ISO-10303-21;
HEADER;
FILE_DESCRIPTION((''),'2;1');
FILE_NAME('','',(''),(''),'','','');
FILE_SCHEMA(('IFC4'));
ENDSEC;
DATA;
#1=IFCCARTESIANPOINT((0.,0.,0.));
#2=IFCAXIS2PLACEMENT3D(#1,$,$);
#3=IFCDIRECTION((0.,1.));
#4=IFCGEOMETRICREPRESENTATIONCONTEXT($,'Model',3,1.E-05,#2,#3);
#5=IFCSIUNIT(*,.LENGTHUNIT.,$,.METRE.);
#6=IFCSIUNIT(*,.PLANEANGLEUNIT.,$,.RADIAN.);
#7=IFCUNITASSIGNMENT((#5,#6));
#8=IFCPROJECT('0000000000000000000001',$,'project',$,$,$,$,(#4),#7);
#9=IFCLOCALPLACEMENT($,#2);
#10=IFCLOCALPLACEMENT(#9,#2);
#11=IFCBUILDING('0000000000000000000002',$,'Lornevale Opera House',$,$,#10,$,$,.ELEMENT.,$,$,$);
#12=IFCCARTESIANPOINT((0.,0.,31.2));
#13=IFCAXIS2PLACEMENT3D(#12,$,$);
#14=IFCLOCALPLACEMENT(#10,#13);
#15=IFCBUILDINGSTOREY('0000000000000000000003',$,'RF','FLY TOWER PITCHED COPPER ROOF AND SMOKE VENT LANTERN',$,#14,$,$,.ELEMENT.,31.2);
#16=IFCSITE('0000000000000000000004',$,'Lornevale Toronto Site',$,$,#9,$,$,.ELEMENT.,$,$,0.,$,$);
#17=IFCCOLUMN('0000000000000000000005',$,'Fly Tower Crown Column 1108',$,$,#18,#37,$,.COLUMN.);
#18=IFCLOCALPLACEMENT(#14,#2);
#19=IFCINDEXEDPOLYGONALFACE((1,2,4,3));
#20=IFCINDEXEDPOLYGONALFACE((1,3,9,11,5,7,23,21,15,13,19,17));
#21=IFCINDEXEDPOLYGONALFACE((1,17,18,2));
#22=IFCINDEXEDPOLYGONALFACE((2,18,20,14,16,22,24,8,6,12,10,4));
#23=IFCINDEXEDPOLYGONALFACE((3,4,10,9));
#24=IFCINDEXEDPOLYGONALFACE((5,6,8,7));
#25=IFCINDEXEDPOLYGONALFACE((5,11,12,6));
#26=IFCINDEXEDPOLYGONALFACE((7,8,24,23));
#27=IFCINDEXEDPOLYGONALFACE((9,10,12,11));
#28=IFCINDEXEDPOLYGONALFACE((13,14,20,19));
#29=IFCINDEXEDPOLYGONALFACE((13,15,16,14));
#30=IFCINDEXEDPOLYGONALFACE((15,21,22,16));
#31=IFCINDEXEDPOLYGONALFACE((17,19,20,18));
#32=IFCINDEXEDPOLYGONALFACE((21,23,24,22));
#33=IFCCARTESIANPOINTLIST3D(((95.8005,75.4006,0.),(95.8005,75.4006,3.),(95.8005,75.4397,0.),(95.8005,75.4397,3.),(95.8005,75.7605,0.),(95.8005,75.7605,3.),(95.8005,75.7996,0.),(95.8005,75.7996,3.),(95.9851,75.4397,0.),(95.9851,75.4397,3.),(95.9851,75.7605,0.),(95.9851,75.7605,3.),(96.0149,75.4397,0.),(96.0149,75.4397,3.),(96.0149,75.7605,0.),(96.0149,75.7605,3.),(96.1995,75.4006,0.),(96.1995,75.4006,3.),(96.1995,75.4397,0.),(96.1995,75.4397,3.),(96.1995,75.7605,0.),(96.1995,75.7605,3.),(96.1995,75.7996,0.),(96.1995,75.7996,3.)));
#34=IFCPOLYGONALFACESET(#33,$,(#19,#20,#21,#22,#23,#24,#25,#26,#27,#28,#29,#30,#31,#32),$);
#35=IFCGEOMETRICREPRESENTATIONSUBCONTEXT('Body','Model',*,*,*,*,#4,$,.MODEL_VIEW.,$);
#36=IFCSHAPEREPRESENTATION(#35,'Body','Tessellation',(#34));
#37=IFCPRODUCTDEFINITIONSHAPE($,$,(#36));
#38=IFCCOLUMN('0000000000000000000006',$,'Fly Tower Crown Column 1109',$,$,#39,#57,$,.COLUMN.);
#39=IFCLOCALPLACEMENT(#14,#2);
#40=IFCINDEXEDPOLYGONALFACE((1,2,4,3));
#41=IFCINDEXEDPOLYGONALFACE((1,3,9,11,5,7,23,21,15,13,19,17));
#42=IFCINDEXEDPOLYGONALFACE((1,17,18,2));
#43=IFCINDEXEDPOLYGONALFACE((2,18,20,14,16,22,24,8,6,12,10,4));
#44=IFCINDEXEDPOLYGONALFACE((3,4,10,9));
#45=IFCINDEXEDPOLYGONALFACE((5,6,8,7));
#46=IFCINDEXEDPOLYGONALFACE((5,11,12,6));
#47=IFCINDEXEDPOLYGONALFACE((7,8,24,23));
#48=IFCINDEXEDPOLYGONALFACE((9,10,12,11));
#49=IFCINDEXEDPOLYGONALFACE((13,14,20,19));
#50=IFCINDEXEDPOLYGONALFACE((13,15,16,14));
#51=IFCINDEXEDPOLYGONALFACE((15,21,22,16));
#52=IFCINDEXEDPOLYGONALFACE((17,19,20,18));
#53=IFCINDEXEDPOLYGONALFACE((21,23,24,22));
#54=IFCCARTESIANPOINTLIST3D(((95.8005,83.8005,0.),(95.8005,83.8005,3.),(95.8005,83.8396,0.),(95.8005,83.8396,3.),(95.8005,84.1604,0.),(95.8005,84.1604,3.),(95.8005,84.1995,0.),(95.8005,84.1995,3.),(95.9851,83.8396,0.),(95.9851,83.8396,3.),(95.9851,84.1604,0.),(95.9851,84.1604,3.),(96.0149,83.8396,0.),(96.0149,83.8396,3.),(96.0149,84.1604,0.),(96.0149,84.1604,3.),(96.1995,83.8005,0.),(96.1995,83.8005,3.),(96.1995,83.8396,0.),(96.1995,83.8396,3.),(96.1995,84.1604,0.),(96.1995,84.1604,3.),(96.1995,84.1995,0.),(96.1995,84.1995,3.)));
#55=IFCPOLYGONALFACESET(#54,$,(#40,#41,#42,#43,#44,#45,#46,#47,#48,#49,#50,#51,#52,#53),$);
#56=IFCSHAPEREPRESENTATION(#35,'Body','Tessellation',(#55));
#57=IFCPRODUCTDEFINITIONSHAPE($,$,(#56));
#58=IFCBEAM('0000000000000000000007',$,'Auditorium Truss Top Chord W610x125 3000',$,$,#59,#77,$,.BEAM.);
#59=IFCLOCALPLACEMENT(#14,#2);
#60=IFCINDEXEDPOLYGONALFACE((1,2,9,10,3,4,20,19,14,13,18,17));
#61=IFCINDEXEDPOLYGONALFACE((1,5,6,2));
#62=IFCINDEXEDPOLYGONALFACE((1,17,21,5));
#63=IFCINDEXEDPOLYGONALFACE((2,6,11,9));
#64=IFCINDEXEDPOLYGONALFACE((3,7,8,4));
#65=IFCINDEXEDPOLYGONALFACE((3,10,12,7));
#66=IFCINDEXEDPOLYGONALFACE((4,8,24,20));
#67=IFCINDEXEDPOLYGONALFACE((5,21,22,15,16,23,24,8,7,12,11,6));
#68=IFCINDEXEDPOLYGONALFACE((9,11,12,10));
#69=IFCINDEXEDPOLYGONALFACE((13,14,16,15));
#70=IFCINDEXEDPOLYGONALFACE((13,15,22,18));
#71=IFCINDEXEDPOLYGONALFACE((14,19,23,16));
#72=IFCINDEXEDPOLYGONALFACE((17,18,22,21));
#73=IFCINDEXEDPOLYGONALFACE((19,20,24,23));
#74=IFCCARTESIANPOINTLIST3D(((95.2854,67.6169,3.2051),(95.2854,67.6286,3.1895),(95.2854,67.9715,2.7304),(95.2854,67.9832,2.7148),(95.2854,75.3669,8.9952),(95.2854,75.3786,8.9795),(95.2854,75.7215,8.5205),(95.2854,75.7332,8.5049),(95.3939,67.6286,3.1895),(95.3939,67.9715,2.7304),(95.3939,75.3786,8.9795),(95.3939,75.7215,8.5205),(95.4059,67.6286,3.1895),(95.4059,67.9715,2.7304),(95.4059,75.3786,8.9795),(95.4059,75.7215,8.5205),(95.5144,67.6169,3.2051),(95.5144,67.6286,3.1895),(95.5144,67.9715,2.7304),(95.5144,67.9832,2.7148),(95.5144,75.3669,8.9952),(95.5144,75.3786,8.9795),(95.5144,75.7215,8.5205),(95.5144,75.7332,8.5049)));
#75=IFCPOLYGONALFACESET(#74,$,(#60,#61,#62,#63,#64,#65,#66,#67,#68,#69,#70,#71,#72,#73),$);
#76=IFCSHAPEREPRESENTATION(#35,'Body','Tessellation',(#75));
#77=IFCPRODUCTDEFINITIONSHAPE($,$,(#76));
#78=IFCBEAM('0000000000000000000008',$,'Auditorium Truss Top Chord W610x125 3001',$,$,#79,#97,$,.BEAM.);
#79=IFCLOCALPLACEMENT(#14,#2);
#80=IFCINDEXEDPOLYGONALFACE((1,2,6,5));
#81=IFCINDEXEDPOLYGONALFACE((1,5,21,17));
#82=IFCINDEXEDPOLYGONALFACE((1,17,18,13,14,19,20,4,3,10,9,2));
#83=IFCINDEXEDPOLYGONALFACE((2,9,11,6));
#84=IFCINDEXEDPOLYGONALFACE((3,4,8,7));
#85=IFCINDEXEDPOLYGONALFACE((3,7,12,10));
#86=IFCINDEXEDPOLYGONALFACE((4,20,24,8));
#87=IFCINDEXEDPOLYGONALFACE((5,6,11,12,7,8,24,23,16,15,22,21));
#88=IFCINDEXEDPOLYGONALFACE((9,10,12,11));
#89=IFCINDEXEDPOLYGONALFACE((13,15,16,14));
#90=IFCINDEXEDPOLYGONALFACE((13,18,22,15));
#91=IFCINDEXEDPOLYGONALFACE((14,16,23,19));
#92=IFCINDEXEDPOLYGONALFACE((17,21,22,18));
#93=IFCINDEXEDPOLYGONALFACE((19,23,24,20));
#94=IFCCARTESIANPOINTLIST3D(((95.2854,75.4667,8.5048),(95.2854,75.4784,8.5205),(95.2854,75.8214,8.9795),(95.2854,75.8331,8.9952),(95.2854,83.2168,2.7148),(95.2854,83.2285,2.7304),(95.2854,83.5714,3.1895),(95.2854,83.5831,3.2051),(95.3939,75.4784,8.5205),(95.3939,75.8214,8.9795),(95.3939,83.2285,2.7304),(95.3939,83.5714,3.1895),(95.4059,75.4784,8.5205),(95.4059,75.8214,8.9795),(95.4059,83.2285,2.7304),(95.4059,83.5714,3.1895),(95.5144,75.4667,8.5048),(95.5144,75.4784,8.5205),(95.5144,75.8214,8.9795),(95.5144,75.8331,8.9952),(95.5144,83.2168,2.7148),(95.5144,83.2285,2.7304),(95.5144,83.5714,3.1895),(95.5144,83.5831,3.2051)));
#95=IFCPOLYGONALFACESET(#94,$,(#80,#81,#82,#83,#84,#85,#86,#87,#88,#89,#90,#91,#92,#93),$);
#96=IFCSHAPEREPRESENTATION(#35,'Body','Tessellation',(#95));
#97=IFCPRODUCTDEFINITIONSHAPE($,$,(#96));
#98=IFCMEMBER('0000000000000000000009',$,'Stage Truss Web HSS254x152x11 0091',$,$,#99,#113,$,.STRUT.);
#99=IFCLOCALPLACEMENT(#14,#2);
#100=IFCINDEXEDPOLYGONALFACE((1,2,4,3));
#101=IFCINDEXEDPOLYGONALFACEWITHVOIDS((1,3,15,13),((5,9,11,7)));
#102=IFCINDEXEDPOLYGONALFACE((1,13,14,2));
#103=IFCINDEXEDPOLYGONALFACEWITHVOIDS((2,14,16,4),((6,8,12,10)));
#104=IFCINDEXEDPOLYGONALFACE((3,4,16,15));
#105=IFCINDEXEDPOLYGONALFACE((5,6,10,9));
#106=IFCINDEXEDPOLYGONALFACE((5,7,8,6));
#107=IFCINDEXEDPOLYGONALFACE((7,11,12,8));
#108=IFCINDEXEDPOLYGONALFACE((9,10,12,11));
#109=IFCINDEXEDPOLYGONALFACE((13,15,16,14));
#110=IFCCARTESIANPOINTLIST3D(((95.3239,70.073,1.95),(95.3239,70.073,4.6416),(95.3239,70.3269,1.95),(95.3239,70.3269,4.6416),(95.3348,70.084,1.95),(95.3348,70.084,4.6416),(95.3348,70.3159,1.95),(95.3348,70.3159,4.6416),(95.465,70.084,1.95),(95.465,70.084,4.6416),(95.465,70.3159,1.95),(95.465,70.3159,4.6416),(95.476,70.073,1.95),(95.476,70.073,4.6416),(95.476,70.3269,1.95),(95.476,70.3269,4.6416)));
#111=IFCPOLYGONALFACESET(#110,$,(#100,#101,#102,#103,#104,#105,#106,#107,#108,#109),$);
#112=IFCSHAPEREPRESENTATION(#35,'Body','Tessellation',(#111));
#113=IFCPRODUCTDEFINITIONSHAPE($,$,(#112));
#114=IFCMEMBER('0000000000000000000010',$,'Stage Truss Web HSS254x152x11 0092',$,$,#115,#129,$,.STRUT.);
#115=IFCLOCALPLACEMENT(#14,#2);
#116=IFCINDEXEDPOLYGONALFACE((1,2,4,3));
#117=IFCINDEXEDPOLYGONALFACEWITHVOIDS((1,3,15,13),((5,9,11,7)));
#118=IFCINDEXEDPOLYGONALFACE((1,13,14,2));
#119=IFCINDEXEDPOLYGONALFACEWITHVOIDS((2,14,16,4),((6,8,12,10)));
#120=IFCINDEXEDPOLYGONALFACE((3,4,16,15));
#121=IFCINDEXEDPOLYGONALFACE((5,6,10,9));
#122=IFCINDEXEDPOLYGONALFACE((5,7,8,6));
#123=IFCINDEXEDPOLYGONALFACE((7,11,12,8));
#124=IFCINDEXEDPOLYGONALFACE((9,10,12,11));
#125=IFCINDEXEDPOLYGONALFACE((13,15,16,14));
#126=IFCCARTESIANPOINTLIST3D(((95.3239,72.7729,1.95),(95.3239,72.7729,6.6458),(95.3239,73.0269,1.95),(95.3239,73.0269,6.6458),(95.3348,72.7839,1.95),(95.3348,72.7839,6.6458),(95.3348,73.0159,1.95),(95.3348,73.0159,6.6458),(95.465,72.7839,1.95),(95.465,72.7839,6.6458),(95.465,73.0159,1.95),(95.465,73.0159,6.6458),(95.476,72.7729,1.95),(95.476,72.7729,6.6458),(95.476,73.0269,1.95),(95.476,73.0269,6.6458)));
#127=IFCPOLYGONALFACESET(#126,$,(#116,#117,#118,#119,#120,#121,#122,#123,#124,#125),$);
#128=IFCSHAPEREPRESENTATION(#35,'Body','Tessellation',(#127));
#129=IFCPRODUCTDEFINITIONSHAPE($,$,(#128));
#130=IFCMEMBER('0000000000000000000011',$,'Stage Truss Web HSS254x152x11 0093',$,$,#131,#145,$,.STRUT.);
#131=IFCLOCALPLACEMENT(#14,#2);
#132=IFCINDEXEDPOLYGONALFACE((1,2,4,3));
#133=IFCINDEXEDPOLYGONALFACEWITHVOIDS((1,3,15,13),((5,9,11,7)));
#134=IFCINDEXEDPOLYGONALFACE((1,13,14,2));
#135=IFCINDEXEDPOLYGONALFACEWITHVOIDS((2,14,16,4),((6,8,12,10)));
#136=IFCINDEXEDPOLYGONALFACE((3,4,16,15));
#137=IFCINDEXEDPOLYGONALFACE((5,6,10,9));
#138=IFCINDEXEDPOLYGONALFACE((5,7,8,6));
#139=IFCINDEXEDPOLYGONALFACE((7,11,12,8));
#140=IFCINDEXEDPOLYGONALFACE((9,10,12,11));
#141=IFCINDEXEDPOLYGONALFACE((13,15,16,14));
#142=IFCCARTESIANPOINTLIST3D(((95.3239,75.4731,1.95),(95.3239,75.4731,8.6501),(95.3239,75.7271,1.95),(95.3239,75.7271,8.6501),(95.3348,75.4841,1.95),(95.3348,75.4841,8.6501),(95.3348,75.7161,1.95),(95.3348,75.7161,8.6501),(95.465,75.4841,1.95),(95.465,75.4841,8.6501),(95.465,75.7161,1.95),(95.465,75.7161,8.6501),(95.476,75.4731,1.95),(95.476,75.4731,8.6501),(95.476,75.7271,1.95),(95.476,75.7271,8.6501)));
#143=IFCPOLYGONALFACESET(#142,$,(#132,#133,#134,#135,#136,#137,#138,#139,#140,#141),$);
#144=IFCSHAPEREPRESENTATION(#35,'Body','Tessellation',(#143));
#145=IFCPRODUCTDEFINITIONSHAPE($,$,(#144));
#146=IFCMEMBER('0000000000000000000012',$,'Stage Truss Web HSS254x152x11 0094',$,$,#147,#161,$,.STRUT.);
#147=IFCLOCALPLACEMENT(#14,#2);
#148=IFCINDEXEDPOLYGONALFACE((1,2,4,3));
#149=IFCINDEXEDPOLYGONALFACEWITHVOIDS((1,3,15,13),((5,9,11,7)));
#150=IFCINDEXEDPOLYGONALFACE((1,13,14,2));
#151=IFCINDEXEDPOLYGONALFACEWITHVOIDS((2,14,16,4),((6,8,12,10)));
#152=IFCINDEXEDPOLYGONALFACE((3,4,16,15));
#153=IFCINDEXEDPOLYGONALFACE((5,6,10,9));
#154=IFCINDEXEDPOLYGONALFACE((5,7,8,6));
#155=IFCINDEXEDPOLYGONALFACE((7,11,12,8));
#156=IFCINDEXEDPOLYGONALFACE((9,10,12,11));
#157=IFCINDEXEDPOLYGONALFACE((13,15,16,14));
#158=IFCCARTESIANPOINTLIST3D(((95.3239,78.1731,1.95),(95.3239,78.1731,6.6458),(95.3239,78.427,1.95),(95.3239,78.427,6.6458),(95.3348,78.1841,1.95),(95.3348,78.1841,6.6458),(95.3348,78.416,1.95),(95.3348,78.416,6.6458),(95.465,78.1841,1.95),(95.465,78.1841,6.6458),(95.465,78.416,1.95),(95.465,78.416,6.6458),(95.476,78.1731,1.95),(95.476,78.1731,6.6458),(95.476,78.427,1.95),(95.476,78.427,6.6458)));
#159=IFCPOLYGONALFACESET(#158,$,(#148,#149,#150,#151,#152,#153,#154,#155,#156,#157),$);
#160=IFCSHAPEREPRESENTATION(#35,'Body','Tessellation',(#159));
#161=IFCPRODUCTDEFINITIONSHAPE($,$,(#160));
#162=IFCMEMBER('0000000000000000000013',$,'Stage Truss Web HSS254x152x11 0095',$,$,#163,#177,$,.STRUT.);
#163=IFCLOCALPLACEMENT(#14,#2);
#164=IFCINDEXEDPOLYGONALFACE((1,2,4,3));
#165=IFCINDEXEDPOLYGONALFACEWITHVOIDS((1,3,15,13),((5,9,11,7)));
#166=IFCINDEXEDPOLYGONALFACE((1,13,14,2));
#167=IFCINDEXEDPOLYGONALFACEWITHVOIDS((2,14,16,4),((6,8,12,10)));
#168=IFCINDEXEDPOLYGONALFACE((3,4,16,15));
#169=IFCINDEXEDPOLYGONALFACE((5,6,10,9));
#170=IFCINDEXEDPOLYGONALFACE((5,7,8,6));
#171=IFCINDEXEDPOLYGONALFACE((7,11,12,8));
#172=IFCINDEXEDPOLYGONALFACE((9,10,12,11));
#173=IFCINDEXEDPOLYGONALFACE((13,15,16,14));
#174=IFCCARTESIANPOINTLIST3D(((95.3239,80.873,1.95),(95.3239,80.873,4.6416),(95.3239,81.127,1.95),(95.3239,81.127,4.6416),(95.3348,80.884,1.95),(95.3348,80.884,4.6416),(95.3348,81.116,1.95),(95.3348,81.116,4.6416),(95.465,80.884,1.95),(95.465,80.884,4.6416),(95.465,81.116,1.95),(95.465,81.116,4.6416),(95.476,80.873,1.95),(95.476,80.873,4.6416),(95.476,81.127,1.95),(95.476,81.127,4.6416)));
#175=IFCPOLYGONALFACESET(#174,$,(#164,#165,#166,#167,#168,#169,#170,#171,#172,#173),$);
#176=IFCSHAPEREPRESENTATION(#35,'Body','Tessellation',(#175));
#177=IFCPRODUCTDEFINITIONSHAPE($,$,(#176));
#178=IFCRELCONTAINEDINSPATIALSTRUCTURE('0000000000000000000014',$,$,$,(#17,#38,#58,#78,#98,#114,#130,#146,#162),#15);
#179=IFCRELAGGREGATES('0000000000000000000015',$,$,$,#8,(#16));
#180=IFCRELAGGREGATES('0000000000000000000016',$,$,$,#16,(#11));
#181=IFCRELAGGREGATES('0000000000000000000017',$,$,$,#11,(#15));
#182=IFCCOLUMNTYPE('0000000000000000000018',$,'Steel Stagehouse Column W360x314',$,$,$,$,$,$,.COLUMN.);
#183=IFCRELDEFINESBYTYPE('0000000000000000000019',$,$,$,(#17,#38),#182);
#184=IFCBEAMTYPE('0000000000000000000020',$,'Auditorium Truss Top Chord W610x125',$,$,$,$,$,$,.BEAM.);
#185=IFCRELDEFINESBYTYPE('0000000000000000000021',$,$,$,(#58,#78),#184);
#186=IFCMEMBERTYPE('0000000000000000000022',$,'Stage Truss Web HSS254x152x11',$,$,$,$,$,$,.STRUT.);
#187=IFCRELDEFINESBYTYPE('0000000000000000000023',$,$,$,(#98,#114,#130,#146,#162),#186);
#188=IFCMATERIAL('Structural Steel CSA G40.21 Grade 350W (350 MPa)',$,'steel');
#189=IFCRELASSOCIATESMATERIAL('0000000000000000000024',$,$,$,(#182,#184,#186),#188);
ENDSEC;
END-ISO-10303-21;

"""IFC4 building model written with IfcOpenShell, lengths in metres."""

from ifc_helpers import new_model, si_unit, direction, frame, origin, origin_2d, place, context, subcontext, project, spatial, hollow_rectangle, i_section, extrude, material, material_profile, profile_set, type_object, element, save


model = new_model("IFC4")

# Units and contexts
model_context = context("Model", 3, precision=1e-05, world=origin(), true_north=direction((0.0, 1.0)))
body_context = subcontext(model_context, "Body", "Model", "MODEL_VIEW")
ifc_project = project(units=[si_unit("LENGTHUNIT", "METRE"), si_unit("PLANEANGLEUNIT", "RADIAN")], contexts=[model_context])

# Site, building, storey
site_placement = place(None, origin())
site = spatial("IfcSite", under=ifc_project, at=site_placement, Name="Lornevale Toronto Site", CompositionType="ELEMENT", RefElevation=0.0)
building_placement = place(site_placement, origin())
building = spatial("IfcBuilding", under=site, at=building_placement, Name="Lornevale Opera House", CompositionType="ELEMENT")
storey_placement = place(building_placement, frame((0.0, 0.0, 31.2)))
storey = spatial("IfcBuildingStorey", under=building, at=storey_placement, Name="RF", Description="FLY TOWER PITCHED COPPER ROOF AND SMOKE VENT LANTERN", CompositionType="ELEMENT", Elevation=31.2)

# Columns
ifc_material_1 = material(Name="Structural Steel CSA G40.21 Grade 350W (350 MPa)", Category="steel")
ifc_material_profile_1 = material_profile(ifc_material_1, i_section(OverallWidth=0.3989, OverallDepth=0.3989, WebThickness=0.0298, FlangeThickness=0.0391, at=origin_2d()), Name="W360x314")
ifc_profile_set_1 = profile_set([ifc_material_profile_1], Name="Structural Steel CSA G40.21 Grade 350W (350 MPa)")
column_type = type_object("IfcColumnType", Name="Steel Stagehouse Column W360x314", PredefinedType="COLUMN", material=ifc_profile_set_1)
for number, where, z_axis, x_axis, name in (
    (1, (96.0, 75.6001, 0.0), (0.0, 0.0, 1.0), (1.0, 0.0, 0.0), "Fly Tower Crown Column 1108"),
    (2, (96.0, 84.0, 0.0), (0.0, 0.0, 1.0), (1.0, 0.0, 0.0), "Fly Tower Crown Column 1109"),
):
    element("IfcColumn", number, at=place(storey_placement, frame(where, z_axis=z_axis, x_axis=x_axis)), inside=storey, type_object=column_type, Name=name, PredefinedType="COLUMN", context=body_context, shape_type="SweptSolid", body=[
        extrude(i_section(OverallWidth=0.3989, OverallDepth=0.3989, WebThickness=0.0298, FlangeThickness=0.0391, at=origin_2d()), origin(), (0.0, 0.0, 1.0), 3.0),
    ])

# Beams
ifc_material_profile_2 = material_profile(ifc_material_1, i_section(OverallWidth=0.229, OverallDepth=0.6121, WebThickness=0.012, FlangeThickness=0.0195, at=origin_2d()), Name="W610x125")
ifc_profile_set_2 = profile_set([ifc_material_profile_2], Name="Structural Steel CSA G40.21 Grade 350W (350 MPa)")
beam_type_1 = type_object("IfcBeamType", Name="Auditorium Truss Top Chord W610x125", PredefinedType="BEAM", material=ifc_profile_set_2)
for number, where, z_axis, x_axis, name in (
    (3, (95.3999, 67.8, 2.96), (0.0, 0.801113, 0.598513), (-1.0, 0.0, 0.0), "Auditorium Truss Top Chord W610x125 3000"),
    (4, (95.3999, 75.6499, 8.75), (0.0, 0.801113, -0.598513), (-1.0, 0.0, 0.0), "Auditorium Truss Top Chord W610x125 3001"),
):
    element("IfcBeam", number, at=place(storey_placement, frame(where, z_axis=z_axis, x_axis=x_axis)), inside=storey, type_object=beam_type_1, Name=name, PredefinedType="BEAM", context=body_context, shape_type="SweptSolid", body=[
        extrude(i_section(OverallWidth=0.229, OverallDepth=0.6121, WebThickness=0.012, FlangeThickness=0.0195, at=origin_2d()), origin(), (0.0, 0.0, 1.0), 9.6741),
    ])

# Members
ifc_material_profile_3 = material_profile(ifc_material_1, hollow_rectangle(XDim=0.1521, YDim=0.2539, WallThickness=0.011, at=origin_2d()), Name="HSS254x152x11")
ifc_profile_set_3 = profile_set([ifc_material_profile_3], Name="Structural Steel CSA G40.21 Grade 350W (350 MPa)")
member_type = type_object("IfcMemberType", Name="Stage Truss Web HSS254x152x11", PredefinedType="STRUT", material=ifc_profile_set_3)
member_1_placement = place(storey_placement, frame((95.3999, 70.2, 1.95), z_axis=(0.0, 0.0, 1.0), x_axis=(1.0, 0.0, 0.0)))
element("IfcMember", 5, at=member_1_placement, inside=storey, type_object=member_type, Name="Stage Truss Web HSS254x152x11 0091", PredefinedType="STRUT", context=body_context, shape_type="SweptSolid", body=[
    extrude(hollow_rectangle(XDim=0.1521, YDim=0.2539, WallThickness=0.011, at=origin_2d()), origin(), (0.0, 0.0, 1.0), 2.6917),
])
member_2_placement = place(storey_placement, frame((95.3999, 72.8999, 1.95), z_axis=(0.0, 0.0, 1.0), x_axis=(1.0, 0.0, 0.0)))
element("IfcMember", 6, at=member_2_placement, inside=storey, type_object=member_type, Name="Stage Truss Web HSS254x152x11 0092", PredefinedType="STRUT", context=body_context, shape_type="SweptSolid", body=[
    extrude(hollow_rectangle(XDim=0.1521, YDim=0.2539, WallThickness=0.011, at=origin_2d()), origin(), (0.0, 0.0, 1.0), 4.6958),
])
member_3_placement = place(storey_placement, frame((95.3999, 75.6001, 1.95), z_axis=(0.0, 0.0, 1.0), x_axis=(1.0, 0.0, 0.0)))
element("IfcMember", 7, at=member_3_placement, inside=storey, type_object=member_type, Name="Stage Truss Web HSS254x152x11 0093", PredefinedType="STRUT", context=body_context, shape_type="SweptSolid", body=[
    extrude(hollow_rectangle(XDim=0.1521, YDim=0.2539, WallThickness=0.011, at=origin_2d()), origin(), (0.0, 0.0, 1.0), 6.7002),
])
member_4_placement = place(storey_placement, frame((95.3999, 78.3, 1.95), z_axis=(0.0, 0.0, 1.0), x_axis=(1.0, 0.0, 0.0)))
element("IfcMember", 8, at=member_4_placement, inside=storey, type_object=member_type, Name="Stage Truss Web HSS254x152x11 0094", PredefinedType="STRUT", context=body_context, shape_type="SweptSolid", body=[
    extrude(hollow_rectangle(XDim=0.1521, YDim=0.2539, WallThickness=0.011, at=origin_2d()), origin(), (0.0, 0.0, 1.0), 4.6958),
])
member_5_placement = place(storey_placement, frame((95.3999, 81.0, 1.95), z_axis=(0.0, 0.0, 1.0), x_axis=(1.0, 0.0, 0.0)))
element("IfcMember", 9, at=member_5_placement, inside=storey, type_object=member_type, Name="Stage Truss Web HSS254x152x11 0095", PredefinedType="STRUT", context=body_context, shape_type="SweptSolid", body=[
    extrude(hollow_rectangle(XDim=0.1521, YDim=0.2539, WallThickness=0.011, at=origin_2d()), origin(), (0.0, 0.0, 1.0), 2.6917),
])

save(model, "model.ifc")
